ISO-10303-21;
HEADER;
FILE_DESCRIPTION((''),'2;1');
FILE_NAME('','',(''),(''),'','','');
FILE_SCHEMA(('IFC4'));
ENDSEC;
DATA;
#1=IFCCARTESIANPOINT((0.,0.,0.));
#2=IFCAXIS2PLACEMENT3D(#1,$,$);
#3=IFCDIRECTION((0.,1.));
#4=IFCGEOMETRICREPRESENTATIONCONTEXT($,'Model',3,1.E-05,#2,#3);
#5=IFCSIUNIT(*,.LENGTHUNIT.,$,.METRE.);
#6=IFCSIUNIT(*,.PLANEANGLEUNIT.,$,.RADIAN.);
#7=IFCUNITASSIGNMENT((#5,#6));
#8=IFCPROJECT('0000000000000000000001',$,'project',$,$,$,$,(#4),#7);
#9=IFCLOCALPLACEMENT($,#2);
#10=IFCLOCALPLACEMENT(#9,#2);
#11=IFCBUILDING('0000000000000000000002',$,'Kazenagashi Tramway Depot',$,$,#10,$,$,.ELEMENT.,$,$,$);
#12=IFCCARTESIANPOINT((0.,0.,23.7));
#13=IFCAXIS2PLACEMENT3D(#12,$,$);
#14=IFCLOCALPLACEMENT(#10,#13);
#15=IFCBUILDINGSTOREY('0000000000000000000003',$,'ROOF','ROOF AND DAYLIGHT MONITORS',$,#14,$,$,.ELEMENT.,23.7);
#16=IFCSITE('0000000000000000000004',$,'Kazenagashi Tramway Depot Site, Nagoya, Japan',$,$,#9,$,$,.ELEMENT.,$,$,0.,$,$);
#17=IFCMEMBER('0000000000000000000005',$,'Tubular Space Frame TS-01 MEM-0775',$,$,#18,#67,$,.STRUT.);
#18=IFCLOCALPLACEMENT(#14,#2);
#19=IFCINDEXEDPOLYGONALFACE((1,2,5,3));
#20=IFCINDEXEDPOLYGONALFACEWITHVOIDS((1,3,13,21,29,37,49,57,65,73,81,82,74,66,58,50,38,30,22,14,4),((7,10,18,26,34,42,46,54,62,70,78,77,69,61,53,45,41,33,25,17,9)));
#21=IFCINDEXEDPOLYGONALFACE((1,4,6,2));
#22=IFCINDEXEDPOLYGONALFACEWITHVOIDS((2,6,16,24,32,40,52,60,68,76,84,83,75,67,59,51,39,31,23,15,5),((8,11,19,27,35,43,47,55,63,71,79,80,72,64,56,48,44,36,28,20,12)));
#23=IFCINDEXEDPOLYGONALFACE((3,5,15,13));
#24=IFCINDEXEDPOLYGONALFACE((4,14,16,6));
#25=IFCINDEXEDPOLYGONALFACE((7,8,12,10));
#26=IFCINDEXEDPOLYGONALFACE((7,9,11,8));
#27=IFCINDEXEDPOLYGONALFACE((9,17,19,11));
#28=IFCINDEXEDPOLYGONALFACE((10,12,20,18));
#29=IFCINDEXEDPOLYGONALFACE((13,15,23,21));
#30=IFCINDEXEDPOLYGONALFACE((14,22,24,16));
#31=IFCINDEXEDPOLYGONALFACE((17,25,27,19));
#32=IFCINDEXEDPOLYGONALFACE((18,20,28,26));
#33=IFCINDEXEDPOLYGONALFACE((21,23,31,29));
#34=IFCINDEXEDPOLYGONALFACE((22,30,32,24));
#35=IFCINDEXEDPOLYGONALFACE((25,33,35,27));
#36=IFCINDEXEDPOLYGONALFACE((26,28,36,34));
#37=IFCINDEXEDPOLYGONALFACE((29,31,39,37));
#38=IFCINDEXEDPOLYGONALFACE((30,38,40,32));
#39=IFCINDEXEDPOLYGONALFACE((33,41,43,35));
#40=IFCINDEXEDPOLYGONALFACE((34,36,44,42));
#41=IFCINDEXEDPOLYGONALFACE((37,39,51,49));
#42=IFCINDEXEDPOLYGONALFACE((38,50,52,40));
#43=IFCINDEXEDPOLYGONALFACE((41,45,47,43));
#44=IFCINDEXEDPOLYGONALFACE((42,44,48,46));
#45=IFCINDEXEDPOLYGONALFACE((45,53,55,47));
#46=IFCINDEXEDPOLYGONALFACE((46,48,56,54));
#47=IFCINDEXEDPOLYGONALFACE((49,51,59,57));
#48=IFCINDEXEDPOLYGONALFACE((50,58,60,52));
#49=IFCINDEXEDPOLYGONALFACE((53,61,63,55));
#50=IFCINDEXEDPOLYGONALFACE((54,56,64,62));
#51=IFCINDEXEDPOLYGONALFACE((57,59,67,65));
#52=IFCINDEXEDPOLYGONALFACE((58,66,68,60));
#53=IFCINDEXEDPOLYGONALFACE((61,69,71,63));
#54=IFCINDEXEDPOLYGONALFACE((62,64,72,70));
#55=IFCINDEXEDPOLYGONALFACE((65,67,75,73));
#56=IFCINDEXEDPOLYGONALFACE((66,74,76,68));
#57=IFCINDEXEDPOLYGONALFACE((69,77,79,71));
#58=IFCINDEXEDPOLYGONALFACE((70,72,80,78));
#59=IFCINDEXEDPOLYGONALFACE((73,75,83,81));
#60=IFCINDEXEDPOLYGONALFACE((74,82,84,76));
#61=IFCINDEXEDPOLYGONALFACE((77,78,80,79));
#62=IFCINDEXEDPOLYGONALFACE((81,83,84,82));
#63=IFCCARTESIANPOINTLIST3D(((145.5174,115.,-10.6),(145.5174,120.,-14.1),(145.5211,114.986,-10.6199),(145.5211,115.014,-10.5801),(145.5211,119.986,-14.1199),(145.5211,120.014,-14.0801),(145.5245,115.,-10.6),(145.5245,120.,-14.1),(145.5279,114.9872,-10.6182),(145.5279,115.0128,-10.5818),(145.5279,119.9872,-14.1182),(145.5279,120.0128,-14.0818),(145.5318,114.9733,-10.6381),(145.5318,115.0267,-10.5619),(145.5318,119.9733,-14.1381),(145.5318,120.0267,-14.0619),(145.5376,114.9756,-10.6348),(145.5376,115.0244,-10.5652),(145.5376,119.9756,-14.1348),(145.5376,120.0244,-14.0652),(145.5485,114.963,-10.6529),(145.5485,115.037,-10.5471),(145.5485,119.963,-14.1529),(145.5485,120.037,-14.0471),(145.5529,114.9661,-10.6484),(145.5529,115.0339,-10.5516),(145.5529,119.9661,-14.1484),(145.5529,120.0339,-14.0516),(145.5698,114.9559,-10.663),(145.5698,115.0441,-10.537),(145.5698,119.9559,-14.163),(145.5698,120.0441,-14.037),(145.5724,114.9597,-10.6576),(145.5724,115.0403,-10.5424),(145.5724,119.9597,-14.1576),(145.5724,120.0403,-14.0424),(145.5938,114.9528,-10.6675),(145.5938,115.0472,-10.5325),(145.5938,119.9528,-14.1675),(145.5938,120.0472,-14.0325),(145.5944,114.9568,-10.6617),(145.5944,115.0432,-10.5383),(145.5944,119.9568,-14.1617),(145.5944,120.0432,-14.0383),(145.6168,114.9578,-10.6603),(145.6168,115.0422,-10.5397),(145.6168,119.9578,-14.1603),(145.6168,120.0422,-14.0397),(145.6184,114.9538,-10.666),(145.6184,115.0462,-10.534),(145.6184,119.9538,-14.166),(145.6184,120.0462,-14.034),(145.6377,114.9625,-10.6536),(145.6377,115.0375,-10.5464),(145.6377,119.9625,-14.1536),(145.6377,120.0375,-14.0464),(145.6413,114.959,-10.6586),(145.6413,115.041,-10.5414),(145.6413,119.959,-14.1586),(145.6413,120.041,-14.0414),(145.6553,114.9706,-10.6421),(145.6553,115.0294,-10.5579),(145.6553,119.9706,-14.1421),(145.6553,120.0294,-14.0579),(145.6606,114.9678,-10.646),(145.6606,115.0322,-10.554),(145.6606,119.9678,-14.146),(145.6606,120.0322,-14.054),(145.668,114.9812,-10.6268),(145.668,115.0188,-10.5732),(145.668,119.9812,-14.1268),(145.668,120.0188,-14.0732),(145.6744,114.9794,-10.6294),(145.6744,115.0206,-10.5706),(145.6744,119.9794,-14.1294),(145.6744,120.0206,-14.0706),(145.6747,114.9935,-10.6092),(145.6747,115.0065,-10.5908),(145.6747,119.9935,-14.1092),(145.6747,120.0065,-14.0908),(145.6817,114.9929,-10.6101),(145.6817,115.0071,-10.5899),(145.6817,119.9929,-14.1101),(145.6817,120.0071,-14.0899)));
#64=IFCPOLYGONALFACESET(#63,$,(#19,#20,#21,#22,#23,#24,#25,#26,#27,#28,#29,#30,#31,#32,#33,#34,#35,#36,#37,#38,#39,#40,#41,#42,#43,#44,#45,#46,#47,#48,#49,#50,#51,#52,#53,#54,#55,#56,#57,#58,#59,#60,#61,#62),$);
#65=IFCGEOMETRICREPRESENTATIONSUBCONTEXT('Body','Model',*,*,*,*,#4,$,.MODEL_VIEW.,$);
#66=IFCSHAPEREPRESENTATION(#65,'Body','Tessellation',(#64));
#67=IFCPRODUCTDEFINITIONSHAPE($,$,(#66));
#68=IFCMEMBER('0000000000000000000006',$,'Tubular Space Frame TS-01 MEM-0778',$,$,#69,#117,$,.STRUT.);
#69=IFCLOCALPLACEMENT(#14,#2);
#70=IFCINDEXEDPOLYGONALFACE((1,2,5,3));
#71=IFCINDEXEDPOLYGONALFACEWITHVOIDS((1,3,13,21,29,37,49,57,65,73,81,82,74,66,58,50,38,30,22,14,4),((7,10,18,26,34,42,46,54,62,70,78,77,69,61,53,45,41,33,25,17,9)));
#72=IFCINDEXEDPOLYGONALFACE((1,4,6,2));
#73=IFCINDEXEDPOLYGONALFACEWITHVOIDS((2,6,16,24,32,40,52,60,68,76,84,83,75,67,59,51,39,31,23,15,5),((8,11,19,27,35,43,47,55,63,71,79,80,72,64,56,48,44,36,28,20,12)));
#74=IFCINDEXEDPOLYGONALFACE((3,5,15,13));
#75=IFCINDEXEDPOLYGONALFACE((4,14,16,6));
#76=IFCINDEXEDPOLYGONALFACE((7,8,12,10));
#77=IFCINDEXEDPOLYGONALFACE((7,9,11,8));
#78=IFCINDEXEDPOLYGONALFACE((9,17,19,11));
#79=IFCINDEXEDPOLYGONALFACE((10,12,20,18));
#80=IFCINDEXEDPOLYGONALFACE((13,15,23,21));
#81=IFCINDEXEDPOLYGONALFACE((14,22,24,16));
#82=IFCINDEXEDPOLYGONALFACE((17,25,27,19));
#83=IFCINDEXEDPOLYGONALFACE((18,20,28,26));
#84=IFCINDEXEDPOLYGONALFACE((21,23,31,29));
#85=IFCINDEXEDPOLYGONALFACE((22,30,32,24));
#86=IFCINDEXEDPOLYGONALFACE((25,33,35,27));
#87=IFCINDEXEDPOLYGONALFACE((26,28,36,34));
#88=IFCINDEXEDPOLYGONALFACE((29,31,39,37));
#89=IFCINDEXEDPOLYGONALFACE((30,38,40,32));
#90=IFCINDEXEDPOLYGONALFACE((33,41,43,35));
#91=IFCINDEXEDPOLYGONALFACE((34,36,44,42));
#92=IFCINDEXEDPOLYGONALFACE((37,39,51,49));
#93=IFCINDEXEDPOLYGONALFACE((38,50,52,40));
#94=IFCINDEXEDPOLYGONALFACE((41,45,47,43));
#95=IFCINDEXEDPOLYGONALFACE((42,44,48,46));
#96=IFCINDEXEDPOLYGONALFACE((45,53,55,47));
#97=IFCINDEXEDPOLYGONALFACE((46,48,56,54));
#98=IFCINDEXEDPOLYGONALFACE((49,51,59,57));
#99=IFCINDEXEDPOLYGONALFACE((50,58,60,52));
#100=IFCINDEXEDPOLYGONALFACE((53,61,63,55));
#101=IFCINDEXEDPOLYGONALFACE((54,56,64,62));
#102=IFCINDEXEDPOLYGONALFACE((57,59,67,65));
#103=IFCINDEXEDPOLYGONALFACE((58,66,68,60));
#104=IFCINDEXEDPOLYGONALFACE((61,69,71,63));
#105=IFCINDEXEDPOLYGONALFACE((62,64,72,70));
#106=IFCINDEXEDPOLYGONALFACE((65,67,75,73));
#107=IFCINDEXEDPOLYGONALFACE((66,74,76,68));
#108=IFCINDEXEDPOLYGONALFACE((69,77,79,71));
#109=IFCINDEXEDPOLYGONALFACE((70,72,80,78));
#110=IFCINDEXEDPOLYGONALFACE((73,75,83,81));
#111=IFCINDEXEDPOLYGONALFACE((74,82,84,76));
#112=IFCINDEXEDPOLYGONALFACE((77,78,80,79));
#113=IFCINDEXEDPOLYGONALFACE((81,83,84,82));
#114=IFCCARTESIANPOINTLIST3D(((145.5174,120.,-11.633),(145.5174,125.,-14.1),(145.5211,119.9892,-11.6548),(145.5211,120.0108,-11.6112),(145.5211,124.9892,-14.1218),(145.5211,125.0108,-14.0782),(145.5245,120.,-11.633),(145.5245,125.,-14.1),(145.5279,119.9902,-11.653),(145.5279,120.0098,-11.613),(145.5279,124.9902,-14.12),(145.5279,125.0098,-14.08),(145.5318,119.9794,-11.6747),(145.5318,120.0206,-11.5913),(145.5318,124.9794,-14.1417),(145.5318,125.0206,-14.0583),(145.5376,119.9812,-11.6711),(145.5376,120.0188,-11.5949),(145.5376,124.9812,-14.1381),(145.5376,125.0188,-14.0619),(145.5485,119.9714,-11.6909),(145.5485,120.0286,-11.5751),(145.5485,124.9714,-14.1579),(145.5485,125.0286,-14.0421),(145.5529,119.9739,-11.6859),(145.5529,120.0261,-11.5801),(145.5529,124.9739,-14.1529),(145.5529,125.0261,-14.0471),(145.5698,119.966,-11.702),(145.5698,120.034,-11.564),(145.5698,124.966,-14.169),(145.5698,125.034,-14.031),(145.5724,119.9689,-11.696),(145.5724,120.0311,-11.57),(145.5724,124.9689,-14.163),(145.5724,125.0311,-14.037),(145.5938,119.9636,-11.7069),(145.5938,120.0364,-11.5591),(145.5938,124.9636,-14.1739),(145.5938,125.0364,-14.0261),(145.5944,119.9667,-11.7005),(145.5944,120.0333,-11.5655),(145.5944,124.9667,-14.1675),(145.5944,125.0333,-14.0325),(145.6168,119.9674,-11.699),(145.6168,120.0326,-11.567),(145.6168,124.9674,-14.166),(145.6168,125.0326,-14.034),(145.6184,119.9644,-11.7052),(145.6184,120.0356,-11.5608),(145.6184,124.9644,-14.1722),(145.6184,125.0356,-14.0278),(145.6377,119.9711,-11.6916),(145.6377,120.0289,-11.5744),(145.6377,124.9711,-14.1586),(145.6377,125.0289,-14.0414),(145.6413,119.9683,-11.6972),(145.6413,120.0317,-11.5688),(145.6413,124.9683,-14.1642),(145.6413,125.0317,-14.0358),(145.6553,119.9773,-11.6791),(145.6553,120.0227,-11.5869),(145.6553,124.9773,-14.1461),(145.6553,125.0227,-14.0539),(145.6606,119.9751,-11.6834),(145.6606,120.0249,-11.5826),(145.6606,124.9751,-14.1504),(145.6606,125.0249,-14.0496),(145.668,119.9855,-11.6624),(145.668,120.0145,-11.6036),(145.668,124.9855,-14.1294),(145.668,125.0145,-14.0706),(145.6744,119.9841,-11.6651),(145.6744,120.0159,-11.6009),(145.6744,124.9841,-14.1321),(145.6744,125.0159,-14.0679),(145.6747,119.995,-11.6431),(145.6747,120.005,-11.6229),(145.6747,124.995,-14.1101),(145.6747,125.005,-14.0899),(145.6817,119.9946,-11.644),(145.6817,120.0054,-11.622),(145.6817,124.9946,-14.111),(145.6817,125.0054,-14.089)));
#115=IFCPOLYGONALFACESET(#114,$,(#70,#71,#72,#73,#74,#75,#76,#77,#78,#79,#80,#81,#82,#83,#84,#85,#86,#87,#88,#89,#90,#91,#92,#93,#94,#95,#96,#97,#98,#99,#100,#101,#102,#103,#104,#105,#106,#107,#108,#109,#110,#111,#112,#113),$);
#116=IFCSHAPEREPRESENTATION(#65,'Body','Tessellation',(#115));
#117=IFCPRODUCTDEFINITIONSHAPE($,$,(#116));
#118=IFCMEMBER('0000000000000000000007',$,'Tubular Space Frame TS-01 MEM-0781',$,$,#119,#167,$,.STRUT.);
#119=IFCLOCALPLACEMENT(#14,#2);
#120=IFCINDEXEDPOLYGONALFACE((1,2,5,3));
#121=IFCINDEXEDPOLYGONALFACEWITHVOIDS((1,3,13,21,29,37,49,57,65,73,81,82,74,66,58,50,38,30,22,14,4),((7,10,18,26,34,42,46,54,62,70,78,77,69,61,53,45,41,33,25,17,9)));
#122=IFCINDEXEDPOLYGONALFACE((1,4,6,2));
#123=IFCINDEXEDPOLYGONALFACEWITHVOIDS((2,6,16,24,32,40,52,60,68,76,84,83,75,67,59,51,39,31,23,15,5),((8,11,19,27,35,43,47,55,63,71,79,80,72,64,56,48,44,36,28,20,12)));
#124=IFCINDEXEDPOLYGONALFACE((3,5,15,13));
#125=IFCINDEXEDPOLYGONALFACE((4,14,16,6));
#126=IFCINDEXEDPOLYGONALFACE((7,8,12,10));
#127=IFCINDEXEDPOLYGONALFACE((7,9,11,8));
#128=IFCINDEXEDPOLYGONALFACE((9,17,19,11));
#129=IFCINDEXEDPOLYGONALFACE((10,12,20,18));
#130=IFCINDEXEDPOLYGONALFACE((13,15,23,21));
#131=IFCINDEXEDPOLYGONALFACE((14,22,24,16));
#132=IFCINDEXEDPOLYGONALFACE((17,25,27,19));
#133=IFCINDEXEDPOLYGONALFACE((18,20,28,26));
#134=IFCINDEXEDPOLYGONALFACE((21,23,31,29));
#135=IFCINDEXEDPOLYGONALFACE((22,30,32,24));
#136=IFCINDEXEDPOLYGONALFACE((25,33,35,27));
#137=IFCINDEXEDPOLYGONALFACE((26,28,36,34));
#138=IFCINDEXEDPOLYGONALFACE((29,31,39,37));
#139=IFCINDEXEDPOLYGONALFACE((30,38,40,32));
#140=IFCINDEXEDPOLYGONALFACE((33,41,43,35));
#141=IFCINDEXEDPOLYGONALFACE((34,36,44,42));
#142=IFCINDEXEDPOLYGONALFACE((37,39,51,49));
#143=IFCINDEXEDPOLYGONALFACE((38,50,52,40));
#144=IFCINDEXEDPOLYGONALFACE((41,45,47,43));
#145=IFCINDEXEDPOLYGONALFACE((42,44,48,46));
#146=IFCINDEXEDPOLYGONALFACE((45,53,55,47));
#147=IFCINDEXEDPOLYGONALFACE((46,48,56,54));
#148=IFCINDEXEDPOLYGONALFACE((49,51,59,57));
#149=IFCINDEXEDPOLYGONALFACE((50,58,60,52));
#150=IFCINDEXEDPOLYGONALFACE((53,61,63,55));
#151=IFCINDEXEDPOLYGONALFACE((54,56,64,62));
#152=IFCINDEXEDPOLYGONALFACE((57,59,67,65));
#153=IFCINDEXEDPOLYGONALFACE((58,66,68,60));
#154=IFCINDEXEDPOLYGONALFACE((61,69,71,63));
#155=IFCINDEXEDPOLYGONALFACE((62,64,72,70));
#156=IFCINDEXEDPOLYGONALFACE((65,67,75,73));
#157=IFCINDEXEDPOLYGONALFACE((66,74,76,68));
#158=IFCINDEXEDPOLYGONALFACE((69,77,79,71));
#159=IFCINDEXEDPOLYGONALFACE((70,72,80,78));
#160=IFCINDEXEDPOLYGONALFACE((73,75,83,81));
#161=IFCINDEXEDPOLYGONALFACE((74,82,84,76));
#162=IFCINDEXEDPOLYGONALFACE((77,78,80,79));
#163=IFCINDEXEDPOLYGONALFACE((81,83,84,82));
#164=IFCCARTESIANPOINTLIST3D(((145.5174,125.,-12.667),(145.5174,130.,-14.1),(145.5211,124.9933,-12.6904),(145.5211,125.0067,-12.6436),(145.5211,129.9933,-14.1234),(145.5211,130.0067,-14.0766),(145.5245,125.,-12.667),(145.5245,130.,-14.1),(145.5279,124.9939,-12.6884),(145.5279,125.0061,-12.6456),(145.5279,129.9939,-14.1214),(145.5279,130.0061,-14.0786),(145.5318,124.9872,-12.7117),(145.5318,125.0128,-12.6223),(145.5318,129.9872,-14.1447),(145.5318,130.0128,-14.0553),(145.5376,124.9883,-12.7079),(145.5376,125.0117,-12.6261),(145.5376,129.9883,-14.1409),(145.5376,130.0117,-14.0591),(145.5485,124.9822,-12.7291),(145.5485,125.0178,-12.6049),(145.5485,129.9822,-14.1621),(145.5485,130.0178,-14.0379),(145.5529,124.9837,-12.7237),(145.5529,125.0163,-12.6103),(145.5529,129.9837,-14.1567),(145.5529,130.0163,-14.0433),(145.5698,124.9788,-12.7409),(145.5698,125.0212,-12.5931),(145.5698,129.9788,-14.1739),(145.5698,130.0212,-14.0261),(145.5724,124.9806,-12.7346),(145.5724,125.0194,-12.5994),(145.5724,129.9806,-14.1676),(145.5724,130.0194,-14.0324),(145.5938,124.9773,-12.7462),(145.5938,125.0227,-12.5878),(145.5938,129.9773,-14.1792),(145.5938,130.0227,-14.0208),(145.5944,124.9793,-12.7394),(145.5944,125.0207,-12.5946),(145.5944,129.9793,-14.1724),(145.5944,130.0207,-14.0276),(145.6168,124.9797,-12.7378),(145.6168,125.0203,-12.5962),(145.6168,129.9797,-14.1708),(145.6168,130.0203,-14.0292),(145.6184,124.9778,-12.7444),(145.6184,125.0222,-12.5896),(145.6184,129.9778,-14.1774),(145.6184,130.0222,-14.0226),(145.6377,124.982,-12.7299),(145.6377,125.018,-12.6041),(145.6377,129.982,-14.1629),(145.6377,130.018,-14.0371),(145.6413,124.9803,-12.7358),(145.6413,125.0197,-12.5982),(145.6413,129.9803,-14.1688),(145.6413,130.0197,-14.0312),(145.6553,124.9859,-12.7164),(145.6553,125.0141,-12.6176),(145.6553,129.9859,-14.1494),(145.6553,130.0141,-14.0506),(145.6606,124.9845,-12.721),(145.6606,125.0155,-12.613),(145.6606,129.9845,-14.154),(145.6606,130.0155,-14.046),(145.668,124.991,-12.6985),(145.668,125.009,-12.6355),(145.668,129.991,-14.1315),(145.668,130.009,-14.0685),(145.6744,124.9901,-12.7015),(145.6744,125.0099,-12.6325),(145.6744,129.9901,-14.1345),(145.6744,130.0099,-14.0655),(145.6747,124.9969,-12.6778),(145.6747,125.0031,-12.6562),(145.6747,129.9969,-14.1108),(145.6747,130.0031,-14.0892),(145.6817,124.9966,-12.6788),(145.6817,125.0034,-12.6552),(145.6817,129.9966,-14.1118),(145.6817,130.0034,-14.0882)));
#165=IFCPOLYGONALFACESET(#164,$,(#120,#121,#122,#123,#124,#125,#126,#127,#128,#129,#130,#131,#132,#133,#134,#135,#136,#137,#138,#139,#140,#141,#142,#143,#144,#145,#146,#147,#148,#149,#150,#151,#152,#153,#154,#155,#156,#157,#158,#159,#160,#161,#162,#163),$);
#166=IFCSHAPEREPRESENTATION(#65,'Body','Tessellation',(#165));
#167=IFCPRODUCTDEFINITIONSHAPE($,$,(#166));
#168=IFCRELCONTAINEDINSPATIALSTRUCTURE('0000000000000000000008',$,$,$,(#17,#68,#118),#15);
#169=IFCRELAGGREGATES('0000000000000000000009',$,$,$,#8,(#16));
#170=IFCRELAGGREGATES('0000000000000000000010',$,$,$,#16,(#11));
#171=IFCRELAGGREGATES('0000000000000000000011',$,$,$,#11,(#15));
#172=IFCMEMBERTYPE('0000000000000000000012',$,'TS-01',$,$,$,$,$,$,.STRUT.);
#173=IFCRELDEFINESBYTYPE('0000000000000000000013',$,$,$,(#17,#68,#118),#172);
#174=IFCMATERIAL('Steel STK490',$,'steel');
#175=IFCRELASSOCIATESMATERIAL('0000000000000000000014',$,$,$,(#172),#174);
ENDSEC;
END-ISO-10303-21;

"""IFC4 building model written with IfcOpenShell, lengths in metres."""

from ifc_helpers import new_model, si_unit, direction, frame, origin, origin_2d, place, context, subcontext, project, spatial, hollow_circle, extrude, material, material_profile, profile_set, type_object, element, save


model = new_model("IFC4")

# Units and contexts
model_context = context("Model", 3, precision=1e-05, world=origin(), true_north=direction((0.0, 1.0)))
body_context = subcontext(model_context, "Body", "Model", "MODEL_VIEW")
ifc_project = project(units=[si_unit("LENGTHUNIT", "METRE"), si_unit("PLANEANGLEUNIT", "RADIAN")], contexts=[model_context])

# Site, building, storey
site_placement = place(None, origin())
site = spatial("IfcSite", under=ifc_project, at=site_placement, Name="Kazenagashi Tramway Depot Site, Nagoya, Japan", CompositionType="ELEMENT", RefElevation=0.0)
building_placement = place(site_placement, origin())
building = spatial("IfcBuilding", under=site, at=building_placement, Name="Kazenagashi Tramway Depot", CompositionType="ELEMENT")
storey_placement = place(building_placement, frame((0.0, 0.0, 23.7)))
storey = spatial("IfcBuildingStorey", under=building, at=storey_placement, Name="ROOF", Description="ROOF AND DAYLIGHT MONITORS", CompositionType="ELEMENT", Elevation=23.7)

# Members
ifc_material_1 = material(Name="Steel STK490", Category="steel")
ifc_material_profile_1 = material_profile(ifc_material_1, hollow_circle(Radius=0.0826, WallThickness=0.0071, at=origin_2d()), Name="CHS-165.2x7.1")
ifc_profile_set_1 = profile_set([ifc_material_profile_1], Name="Steel STK490")
member_type_1 = type_object("IfcMemberType", Name="TS-01", PredefinedType="STRUT", material=ifc_profile_set_1)
for number, where, z_axis, x_axis, name in (
    (1, (145.6, 115.0, -10.6), (0.0, 0.819232, -0.573462), (-1.0, 0.0, 0.0), "Tubular Space Frame TS-01 MEM-0775"),
):
    element("IfcMember", number, at=place(storey_placement, frame(where, z_axis=z_axis, x_axis=x_axis)), inside=storey, type_object=member_type_1, Name=name, PredefinedType="STRUT", context=body_context, shape_type="SweptSolid", body=[
        extrude(hollow_circle(Radius=0.0826, WallThickness=0.0071, at=origin_2d()), origin(), (0.0, 0.0, 1.0), 6.1033),
    ])
member_1_placement = place(storey_placement, frame((145.6, 120.0, -11.633), z_axis=(0.0, 0.896782, -0.442472), x_axis=(-1.0, 0.0, 0.0)))
element("IfcMember", 2, at=member_1_placement, inside=storey, type_object=member_type_1, Name="Tubular Space Frame TS-01 MEM-0778", PredefinedType="STRUT", context=body_context, shape_type="SweptSolid", body=[
    extrude(hollow_circle(Radius=0.0826, WallThickness=0.0071, at=origin_2d()), origin(), (0.0, 0.0, 1.0), 5.5755),
])
member_2_placement = place(storey_placement, frame((145.6, 125.0, -12.667), z_axis=(0.0, 0.961299, -0.275508), x_axis=(-1.0, 0.0, 0.0)))
element("IfcMember", 3, at=member_2_placement, inside=storey, type_object=member_type_1, Name="Tubular Space Frame TS-01 MEM-0781", PredefinedType="STRUT", context=body_context, shape_type="SweptSolid", body=[
    extrude(hollow_circle(Radius=0.0826, WallThickness=0.0071, at=origin_2d()), origin(), (0.0, 0.0, 1.0), 5.2013),
])

save(model, "model.ifc")
